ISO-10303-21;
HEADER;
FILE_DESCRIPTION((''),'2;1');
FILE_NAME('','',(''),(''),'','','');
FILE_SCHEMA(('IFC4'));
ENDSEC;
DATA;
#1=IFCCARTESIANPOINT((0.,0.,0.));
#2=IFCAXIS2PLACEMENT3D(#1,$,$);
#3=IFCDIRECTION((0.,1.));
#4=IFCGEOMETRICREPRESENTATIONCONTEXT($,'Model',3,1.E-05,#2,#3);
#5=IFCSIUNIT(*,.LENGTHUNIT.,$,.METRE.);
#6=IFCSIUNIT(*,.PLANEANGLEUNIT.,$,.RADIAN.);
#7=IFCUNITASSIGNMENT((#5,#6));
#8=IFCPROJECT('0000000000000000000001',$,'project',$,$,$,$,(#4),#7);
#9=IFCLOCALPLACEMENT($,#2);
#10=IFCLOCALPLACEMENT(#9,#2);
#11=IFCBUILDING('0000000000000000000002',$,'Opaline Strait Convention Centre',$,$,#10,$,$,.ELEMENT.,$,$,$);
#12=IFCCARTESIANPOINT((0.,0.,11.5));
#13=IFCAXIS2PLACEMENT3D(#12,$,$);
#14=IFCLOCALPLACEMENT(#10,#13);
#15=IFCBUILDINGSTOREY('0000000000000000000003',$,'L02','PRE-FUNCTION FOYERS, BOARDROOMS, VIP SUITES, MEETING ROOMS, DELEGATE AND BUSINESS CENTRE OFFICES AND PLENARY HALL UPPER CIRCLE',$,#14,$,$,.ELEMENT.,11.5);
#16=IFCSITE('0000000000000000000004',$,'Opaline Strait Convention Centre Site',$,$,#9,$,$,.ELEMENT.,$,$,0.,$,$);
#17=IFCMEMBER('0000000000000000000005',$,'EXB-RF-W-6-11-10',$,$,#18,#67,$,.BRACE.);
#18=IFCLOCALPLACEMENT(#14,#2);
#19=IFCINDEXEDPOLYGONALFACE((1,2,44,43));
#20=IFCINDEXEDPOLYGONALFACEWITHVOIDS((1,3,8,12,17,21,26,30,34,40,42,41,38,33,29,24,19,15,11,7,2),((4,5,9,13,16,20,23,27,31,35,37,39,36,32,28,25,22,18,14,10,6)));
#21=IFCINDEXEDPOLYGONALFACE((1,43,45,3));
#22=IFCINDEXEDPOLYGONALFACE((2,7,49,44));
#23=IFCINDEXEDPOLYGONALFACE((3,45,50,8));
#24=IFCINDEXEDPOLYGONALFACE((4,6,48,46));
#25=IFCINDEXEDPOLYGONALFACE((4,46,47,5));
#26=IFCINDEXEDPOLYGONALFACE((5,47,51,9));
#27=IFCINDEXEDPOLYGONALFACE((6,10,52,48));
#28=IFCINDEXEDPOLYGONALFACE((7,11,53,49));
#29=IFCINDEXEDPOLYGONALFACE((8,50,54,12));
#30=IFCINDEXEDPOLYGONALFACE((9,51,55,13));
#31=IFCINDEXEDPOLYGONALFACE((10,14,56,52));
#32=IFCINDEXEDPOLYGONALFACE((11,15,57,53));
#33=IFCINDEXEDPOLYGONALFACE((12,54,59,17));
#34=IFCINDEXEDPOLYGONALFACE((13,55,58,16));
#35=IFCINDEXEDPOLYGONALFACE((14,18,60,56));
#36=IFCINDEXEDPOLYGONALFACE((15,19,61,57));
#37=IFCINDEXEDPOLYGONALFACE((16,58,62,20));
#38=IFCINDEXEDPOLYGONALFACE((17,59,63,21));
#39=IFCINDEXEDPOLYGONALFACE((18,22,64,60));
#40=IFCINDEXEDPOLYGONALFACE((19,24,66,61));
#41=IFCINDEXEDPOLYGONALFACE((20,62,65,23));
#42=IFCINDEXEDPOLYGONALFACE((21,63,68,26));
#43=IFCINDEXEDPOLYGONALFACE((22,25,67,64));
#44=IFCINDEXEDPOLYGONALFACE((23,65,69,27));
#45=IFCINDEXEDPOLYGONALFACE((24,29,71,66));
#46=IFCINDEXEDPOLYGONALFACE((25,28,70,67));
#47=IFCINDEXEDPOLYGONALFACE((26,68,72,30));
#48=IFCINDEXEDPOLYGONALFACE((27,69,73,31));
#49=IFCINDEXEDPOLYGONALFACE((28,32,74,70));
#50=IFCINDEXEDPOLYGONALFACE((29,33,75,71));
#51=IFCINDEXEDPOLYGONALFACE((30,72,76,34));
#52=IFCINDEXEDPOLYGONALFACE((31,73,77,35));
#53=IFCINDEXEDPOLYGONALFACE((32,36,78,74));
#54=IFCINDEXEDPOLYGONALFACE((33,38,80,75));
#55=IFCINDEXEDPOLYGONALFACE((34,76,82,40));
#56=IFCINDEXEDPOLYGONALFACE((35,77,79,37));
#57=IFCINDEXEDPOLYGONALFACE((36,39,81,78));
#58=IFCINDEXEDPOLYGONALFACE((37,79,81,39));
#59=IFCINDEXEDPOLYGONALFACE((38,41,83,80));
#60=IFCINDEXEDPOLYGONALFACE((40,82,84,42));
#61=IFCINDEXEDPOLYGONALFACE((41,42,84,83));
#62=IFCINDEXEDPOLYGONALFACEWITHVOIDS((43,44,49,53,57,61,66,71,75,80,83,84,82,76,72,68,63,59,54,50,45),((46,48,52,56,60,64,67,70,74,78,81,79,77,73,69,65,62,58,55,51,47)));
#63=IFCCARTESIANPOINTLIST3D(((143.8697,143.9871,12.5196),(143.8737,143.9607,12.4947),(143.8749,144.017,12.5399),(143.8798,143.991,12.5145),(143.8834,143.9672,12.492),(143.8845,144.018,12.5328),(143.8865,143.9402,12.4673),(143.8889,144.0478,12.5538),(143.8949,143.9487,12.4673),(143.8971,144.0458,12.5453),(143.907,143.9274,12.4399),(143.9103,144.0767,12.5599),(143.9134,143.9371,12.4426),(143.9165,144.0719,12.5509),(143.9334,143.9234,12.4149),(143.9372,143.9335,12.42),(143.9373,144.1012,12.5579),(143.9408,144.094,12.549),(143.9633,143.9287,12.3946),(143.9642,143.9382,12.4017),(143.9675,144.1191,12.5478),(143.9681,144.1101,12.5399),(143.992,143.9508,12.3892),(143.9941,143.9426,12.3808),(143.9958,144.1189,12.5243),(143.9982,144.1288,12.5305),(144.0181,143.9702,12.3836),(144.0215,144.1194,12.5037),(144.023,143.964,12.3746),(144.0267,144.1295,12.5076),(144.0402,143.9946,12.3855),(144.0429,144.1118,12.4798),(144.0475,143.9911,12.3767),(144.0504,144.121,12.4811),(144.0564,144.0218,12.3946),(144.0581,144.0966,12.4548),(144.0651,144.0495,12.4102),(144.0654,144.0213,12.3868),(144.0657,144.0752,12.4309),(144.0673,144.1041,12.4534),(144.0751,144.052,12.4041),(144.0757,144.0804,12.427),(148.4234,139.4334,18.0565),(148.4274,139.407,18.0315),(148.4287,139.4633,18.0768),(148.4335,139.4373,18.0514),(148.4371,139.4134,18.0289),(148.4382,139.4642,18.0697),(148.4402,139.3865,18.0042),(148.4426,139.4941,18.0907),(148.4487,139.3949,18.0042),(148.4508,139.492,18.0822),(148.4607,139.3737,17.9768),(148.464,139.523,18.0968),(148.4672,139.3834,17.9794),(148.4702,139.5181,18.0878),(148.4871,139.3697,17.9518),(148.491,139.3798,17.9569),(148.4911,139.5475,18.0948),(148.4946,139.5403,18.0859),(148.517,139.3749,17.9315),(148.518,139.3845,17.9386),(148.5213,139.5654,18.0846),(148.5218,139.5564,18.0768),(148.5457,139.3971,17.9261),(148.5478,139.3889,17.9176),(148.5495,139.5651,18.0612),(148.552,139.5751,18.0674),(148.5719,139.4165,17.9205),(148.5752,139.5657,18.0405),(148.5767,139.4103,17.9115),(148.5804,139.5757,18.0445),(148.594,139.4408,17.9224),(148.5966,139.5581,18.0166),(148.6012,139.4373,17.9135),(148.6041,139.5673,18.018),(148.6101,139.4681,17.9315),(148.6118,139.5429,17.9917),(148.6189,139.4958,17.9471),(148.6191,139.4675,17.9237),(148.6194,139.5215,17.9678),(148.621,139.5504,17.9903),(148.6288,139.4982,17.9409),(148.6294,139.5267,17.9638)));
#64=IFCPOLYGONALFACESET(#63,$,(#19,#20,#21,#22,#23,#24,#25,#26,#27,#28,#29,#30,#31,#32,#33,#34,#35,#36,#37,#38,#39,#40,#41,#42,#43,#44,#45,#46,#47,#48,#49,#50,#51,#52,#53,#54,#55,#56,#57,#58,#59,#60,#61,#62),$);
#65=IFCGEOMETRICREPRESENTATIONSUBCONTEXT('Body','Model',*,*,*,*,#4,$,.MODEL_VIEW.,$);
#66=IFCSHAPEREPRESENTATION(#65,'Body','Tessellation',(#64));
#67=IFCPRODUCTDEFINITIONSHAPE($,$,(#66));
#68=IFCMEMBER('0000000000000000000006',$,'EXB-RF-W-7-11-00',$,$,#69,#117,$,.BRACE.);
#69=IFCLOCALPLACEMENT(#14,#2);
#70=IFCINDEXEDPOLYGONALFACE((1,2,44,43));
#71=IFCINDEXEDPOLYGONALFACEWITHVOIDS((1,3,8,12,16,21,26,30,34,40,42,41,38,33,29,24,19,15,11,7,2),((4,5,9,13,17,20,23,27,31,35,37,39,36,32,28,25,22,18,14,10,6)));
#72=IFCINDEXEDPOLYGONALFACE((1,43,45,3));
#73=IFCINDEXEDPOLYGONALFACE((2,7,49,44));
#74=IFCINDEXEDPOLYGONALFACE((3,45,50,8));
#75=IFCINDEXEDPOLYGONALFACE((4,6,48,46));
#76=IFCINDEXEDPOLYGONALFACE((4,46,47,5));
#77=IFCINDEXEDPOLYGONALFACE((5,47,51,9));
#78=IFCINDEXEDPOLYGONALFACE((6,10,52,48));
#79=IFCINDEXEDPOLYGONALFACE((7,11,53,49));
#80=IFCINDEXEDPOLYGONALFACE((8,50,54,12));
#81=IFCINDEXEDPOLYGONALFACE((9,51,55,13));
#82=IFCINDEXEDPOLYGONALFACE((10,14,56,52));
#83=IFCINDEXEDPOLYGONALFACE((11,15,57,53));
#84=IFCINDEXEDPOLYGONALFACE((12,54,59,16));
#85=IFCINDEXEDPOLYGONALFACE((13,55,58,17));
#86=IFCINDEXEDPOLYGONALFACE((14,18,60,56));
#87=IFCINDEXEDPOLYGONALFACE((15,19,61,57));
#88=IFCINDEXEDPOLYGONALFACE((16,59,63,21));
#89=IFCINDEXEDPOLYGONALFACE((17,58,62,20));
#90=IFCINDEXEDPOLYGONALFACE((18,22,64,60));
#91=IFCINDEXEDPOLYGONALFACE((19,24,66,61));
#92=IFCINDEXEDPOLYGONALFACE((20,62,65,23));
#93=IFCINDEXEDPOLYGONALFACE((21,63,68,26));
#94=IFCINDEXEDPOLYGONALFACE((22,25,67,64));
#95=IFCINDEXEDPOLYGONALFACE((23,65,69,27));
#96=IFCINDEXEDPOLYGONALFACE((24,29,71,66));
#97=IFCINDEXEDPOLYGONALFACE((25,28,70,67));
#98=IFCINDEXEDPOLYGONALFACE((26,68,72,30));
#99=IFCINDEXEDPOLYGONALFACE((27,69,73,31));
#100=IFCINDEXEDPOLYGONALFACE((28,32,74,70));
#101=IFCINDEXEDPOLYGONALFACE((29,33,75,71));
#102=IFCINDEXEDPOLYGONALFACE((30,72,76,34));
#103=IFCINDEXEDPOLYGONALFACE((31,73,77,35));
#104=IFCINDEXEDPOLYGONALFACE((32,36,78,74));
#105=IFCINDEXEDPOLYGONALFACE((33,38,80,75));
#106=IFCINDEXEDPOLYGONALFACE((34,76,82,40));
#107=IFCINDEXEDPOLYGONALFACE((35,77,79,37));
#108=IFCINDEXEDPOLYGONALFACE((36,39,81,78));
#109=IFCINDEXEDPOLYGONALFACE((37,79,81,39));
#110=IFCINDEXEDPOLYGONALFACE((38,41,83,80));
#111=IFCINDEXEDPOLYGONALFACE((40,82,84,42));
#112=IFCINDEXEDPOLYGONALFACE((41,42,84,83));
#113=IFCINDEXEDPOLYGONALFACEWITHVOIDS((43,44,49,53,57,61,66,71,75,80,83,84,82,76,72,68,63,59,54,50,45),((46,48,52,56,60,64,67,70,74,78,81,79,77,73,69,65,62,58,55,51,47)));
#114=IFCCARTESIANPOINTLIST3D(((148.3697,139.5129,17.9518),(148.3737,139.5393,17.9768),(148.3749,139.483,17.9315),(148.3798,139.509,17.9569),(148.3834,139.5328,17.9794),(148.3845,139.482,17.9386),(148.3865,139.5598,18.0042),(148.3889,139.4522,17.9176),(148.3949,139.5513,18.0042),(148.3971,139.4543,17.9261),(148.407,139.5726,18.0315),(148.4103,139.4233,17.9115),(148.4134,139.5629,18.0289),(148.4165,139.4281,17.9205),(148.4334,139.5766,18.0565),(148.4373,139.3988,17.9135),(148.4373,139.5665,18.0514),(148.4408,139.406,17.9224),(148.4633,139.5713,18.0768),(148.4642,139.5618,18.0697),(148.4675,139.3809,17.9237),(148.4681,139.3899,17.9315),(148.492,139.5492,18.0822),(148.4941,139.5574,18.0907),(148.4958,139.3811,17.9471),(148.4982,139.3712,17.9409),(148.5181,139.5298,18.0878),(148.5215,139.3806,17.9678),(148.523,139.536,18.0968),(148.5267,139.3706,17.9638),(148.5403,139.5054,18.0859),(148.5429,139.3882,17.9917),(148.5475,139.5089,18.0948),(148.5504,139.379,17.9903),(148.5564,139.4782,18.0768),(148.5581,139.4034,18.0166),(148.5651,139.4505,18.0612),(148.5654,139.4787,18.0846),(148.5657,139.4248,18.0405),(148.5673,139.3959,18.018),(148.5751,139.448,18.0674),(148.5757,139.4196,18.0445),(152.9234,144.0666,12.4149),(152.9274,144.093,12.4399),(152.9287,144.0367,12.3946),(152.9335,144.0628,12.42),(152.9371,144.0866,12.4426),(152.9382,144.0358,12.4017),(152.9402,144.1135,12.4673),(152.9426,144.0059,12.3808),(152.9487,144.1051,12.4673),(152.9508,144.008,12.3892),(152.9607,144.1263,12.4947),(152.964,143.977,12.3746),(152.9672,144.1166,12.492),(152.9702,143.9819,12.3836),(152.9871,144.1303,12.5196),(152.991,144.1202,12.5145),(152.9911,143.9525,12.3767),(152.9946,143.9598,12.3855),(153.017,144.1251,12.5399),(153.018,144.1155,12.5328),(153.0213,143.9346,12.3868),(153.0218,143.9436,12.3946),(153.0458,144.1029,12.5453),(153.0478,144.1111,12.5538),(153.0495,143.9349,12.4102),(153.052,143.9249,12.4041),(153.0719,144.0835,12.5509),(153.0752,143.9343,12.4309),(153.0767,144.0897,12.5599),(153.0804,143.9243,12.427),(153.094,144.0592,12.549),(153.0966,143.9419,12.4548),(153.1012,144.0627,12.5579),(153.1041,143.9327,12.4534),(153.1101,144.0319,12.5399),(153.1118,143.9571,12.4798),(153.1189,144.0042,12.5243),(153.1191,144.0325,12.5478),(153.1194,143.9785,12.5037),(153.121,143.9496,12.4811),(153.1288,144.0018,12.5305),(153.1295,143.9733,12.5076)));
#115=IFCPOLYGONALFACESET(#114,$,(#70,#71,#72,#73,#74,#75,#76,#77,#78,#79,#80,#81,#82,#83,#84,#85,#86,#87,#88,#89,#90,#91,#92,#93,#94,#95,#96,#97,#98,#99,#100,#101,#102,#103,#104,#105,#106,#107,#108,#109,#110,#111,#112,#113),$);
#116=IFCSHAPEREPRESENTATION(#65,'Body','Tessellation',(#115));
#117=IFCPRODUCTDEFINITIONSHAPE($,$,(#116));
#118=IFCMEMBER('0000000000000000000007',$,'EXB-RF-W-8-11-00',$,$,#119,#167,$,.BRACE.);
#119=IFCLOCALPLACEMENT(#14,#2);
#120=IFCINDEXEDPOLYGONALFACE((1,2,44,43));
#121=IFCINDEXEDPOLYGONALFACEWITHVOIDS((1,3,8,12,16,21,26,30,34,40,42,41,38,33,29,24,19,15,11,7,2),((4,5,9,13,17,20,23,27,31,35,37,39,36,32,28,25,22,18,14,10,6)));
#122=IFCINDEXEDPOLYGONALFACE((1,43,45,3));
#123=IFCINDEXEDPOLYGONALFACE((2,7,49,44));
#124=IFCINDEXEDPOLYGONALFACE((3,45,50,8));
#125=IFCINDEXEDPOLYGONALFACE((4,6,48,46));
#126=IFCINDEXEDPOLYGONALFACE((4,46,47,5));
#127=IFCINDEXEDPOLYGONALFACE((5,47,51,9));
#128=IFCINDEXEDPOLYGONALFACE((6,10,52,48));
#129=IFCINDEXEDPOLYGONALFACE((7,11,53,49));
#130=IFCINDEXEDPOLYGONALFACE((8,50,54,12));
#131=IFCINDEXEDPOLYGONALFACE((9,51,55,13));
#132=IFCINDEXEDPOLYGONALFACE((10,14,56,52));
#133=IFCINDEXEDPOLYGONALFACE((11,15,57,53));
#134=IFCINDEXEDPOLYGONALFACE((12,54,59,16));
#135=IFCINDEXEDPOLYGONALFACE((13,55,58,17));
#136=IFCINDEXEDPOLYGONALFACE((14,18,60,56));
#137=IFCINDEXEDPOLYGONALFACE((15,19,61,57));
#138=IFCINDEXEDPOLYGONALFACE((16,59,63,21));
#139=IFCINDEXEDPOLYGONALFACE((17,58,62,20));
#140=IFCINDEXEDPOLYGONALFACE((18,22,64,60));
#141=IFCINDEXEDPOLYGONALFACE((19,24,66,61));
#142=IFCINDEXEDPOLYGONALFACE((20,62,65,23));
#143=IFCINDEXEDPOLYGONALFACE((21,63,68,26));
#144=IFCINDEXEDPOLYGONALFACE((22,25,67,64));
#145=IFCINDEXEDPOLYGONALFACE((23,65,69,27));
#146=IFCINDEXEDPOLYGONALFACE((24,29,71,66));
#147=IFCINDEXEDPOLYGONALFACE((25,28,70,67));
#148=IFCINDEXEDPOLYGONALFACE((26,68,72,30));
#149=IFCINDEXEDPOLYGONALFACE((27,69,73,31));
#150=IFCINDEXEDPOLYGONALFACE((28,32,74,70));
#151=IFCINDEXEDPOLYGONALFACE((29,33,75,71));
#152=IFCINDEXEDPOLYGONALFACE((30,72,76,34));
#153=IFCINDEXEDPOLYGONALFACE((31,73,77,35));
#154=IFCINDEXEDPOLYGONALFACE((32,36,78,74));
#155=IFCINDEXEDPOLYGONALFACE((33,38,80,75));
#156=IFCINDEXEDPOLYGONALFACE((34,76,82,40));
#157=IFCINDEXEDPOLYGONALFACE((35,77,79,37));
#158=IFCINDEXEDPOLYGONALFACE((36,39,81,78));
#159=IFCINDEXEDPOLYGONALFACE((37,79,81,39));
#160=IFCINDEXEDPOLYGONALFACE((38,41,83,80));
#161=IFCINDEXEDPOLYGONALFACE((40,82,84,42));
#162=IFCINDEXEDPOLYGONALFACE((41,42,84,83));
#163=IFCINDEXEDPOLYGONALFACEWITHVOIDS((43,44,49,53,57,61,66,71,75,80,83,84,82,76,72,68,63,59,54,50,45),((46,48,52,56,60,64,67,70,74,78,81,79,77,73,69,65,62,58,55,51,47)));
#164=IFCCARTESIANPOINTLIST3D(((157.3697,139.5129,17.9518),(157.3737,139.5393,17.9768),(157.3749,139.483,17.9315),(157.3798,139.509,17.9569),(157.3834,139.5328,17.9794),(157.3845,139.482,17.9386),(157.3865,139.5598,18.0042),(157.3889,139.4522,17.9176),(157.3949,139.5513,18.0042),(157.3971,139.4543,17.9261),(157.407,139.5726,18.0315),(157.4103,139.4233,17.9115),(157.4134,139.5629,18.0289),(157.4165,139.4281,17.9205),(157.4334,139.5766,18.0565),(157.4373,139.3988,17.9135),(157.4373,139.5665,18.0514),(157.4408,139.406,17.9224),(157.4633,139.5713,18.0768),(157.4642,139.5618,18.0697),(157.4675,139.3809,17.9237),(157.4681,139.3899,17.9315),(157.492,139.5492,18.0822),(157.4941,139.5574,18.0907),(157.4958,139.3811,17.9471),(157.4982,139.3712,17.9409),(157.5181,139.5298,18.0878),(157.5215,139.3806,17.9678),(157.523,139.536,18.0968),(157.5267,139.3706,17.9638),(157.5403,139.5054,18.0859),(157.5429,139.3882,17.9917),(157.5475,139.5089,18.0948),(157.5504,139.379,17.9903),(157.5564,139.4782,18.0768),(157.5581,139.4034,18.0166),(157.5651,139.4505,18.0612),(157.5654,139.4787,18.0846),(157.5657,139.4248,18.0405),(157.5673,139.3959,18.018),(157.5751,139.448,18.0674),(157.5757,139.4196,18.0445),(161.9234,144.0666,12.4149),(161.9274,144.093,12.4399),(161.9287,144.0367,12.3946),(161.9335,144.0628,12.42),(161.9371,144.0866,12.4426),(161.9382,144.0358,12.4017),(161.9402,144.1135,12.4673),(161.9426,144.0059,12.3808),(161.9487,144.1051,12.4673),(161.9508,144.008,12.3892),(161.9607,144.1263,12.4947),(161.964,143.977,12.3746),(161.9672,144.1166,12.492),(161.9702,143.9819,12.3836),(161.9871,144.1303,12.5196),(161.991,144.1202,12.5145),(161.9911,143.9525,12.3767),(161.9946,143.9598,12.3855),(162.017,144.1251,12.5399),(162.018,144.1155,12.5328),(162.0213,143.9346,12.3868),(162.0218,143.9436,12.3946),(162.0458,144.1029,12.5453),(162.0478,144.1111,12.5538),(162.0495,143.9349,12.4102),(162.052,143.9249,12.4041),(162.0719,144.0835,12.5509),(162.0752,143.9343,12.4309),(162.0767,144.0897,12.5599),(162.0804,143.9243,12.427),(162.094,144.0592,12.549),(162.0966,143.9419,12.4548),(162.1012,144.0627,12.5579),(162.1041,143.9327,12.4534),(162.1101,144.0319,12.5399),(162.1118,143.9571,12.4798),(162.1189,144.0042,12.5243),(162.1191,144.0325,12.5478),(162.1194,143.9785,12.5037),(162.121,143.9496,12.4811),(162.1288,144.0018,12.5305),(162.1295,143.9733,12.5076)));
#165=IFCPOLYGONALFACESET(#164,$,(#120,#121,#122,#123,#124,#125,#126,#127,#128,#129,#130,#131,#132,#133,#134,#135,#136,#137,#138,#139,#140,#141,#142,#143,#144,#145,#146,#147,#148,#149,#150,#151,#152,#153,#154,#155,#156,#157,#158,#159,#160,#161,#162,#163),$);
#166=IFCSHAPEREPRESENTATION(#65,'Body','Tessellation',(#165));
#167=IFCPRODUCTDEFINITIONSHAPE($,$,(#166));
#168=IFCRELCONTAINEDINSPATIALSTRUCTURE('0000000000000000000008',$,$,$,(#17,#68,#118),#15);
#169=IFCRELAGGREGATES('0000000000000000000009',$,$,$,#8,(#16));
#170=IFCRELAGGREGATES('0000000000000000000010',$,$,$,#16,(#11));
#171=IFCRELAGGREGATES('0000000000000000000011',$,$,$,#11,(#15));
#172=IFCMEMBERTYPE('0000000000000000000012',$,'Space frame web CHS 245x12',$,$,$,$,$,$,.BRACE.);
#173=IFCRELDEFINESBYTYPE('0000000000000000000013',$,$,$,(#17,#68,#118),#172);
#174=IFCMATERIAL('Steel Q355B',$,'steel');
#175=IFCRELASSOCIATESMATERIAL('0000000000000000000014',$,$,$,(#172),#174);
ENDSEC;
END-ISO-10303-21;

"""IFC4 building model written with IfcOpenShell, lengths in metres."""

from ifc_helpers import new_model, si_unit, direction, frame, origin, origin_2d, place, context, subcontext, project, spatial, hollow_circle, extrude, material, material_profile, profile_set, type_object, element, save


model = new_model("IFC4")

# Units and contexts
model_context = context("Model", 3, precision=1e-05, world=origin(), true_north=direction((0.0, 1.0)))
body_context = subcontext(model_context, "Body", "Model", "MODEL_VIEW")
ifc_project = project(units=[si_unit("LENGTHUNIT", "METRE"), si_unit("PLANEANGLEUNIT", "RADIAN")], contexts=[model_context])

# Site, building, storey
site_placement = place(None, origin())
site = spatial("IfcSite", under=ifc_project, at=site_placement, Name="Opaline Strait Convention Centre Site", CompositionType="ELEMENT", RefElevation=0.0)
building_placement = place(site_placement, origin())
building = spatial("IfcBuilding", under=site, at=building_placement, Name="Opaline Strait Convention Centre", CompositionType="ELEMENT")
storey_placement = place(building_placement, frame((0.0, 0.0, 11.5)))
storey = spatial("IfcBuildingStorey", under=building, at=storey_placement, Name="L02", Description="PRE-FUNCTION FOYERS, BOARDROOMS, VIP SUITES, MEETING ROOMS, DELEGATE AND BUSINESS CENTRE OFFICES AND PLENARY HALL UPPER CIRCLE", CompositionType="ELEMENT", Elevation=11.5)

# Members
ifc_material_1 = material(Name="Steel Q355B", Category="steel")
ifc_material_profile_1 = material_profile(ifc_material_1, hollow_circle(Radius=0.1226, WallThickness=0.012, at=origin_2d()), Name="CHS 245x12")
ifc_profile_set_1 = profile_set([ifc_material_profile_1], Name="Steel Q355B")
member_type_1 = type_object("IfcMemberType", Name="Space frame web CHS 245x12", PredefinedType="BRACE", material=ifc_profile_set_1)
for number, where, z_axis, x_axis, name in (
    (1, (148.5269, 139.4731, 18.0042), (-0.536178, 0.536178, -0.65194), (-0.707107, -0.707107, 0.0), "EXB-RF-W-6-11-10"),
    (2, (148.4731, 139.4731, 18.0042), (0.536178, 0.536178, -0.65194), (-0.707107, 0.707107, 0.0), "EXB-RF-W-7-11-00"),
    (3, (157.4731, 139.4731, 18.0042), (0.536178, 0.536178, -0.65194), (-0.707107, 0.707107, 0.0), "EXB-RF-W-8-11-00"),
):
    element("IfcMember", number, at=place(storey_placement, frame(where, z_axis=z_axis, x_axis=x_axis)), inside=storey, type_object=member_type_1, Name=name, PredefinedType="BRACE", context=body_context, shape_type="SweptSolid", body=[
        extrude(hollow_circle(Radius=0.1226, WallThickness=0.012, at=origin_2d()), origin(), (0.0, 0.0, 1.0), 8.4929),
    ])

save(model, "model.ifc")
